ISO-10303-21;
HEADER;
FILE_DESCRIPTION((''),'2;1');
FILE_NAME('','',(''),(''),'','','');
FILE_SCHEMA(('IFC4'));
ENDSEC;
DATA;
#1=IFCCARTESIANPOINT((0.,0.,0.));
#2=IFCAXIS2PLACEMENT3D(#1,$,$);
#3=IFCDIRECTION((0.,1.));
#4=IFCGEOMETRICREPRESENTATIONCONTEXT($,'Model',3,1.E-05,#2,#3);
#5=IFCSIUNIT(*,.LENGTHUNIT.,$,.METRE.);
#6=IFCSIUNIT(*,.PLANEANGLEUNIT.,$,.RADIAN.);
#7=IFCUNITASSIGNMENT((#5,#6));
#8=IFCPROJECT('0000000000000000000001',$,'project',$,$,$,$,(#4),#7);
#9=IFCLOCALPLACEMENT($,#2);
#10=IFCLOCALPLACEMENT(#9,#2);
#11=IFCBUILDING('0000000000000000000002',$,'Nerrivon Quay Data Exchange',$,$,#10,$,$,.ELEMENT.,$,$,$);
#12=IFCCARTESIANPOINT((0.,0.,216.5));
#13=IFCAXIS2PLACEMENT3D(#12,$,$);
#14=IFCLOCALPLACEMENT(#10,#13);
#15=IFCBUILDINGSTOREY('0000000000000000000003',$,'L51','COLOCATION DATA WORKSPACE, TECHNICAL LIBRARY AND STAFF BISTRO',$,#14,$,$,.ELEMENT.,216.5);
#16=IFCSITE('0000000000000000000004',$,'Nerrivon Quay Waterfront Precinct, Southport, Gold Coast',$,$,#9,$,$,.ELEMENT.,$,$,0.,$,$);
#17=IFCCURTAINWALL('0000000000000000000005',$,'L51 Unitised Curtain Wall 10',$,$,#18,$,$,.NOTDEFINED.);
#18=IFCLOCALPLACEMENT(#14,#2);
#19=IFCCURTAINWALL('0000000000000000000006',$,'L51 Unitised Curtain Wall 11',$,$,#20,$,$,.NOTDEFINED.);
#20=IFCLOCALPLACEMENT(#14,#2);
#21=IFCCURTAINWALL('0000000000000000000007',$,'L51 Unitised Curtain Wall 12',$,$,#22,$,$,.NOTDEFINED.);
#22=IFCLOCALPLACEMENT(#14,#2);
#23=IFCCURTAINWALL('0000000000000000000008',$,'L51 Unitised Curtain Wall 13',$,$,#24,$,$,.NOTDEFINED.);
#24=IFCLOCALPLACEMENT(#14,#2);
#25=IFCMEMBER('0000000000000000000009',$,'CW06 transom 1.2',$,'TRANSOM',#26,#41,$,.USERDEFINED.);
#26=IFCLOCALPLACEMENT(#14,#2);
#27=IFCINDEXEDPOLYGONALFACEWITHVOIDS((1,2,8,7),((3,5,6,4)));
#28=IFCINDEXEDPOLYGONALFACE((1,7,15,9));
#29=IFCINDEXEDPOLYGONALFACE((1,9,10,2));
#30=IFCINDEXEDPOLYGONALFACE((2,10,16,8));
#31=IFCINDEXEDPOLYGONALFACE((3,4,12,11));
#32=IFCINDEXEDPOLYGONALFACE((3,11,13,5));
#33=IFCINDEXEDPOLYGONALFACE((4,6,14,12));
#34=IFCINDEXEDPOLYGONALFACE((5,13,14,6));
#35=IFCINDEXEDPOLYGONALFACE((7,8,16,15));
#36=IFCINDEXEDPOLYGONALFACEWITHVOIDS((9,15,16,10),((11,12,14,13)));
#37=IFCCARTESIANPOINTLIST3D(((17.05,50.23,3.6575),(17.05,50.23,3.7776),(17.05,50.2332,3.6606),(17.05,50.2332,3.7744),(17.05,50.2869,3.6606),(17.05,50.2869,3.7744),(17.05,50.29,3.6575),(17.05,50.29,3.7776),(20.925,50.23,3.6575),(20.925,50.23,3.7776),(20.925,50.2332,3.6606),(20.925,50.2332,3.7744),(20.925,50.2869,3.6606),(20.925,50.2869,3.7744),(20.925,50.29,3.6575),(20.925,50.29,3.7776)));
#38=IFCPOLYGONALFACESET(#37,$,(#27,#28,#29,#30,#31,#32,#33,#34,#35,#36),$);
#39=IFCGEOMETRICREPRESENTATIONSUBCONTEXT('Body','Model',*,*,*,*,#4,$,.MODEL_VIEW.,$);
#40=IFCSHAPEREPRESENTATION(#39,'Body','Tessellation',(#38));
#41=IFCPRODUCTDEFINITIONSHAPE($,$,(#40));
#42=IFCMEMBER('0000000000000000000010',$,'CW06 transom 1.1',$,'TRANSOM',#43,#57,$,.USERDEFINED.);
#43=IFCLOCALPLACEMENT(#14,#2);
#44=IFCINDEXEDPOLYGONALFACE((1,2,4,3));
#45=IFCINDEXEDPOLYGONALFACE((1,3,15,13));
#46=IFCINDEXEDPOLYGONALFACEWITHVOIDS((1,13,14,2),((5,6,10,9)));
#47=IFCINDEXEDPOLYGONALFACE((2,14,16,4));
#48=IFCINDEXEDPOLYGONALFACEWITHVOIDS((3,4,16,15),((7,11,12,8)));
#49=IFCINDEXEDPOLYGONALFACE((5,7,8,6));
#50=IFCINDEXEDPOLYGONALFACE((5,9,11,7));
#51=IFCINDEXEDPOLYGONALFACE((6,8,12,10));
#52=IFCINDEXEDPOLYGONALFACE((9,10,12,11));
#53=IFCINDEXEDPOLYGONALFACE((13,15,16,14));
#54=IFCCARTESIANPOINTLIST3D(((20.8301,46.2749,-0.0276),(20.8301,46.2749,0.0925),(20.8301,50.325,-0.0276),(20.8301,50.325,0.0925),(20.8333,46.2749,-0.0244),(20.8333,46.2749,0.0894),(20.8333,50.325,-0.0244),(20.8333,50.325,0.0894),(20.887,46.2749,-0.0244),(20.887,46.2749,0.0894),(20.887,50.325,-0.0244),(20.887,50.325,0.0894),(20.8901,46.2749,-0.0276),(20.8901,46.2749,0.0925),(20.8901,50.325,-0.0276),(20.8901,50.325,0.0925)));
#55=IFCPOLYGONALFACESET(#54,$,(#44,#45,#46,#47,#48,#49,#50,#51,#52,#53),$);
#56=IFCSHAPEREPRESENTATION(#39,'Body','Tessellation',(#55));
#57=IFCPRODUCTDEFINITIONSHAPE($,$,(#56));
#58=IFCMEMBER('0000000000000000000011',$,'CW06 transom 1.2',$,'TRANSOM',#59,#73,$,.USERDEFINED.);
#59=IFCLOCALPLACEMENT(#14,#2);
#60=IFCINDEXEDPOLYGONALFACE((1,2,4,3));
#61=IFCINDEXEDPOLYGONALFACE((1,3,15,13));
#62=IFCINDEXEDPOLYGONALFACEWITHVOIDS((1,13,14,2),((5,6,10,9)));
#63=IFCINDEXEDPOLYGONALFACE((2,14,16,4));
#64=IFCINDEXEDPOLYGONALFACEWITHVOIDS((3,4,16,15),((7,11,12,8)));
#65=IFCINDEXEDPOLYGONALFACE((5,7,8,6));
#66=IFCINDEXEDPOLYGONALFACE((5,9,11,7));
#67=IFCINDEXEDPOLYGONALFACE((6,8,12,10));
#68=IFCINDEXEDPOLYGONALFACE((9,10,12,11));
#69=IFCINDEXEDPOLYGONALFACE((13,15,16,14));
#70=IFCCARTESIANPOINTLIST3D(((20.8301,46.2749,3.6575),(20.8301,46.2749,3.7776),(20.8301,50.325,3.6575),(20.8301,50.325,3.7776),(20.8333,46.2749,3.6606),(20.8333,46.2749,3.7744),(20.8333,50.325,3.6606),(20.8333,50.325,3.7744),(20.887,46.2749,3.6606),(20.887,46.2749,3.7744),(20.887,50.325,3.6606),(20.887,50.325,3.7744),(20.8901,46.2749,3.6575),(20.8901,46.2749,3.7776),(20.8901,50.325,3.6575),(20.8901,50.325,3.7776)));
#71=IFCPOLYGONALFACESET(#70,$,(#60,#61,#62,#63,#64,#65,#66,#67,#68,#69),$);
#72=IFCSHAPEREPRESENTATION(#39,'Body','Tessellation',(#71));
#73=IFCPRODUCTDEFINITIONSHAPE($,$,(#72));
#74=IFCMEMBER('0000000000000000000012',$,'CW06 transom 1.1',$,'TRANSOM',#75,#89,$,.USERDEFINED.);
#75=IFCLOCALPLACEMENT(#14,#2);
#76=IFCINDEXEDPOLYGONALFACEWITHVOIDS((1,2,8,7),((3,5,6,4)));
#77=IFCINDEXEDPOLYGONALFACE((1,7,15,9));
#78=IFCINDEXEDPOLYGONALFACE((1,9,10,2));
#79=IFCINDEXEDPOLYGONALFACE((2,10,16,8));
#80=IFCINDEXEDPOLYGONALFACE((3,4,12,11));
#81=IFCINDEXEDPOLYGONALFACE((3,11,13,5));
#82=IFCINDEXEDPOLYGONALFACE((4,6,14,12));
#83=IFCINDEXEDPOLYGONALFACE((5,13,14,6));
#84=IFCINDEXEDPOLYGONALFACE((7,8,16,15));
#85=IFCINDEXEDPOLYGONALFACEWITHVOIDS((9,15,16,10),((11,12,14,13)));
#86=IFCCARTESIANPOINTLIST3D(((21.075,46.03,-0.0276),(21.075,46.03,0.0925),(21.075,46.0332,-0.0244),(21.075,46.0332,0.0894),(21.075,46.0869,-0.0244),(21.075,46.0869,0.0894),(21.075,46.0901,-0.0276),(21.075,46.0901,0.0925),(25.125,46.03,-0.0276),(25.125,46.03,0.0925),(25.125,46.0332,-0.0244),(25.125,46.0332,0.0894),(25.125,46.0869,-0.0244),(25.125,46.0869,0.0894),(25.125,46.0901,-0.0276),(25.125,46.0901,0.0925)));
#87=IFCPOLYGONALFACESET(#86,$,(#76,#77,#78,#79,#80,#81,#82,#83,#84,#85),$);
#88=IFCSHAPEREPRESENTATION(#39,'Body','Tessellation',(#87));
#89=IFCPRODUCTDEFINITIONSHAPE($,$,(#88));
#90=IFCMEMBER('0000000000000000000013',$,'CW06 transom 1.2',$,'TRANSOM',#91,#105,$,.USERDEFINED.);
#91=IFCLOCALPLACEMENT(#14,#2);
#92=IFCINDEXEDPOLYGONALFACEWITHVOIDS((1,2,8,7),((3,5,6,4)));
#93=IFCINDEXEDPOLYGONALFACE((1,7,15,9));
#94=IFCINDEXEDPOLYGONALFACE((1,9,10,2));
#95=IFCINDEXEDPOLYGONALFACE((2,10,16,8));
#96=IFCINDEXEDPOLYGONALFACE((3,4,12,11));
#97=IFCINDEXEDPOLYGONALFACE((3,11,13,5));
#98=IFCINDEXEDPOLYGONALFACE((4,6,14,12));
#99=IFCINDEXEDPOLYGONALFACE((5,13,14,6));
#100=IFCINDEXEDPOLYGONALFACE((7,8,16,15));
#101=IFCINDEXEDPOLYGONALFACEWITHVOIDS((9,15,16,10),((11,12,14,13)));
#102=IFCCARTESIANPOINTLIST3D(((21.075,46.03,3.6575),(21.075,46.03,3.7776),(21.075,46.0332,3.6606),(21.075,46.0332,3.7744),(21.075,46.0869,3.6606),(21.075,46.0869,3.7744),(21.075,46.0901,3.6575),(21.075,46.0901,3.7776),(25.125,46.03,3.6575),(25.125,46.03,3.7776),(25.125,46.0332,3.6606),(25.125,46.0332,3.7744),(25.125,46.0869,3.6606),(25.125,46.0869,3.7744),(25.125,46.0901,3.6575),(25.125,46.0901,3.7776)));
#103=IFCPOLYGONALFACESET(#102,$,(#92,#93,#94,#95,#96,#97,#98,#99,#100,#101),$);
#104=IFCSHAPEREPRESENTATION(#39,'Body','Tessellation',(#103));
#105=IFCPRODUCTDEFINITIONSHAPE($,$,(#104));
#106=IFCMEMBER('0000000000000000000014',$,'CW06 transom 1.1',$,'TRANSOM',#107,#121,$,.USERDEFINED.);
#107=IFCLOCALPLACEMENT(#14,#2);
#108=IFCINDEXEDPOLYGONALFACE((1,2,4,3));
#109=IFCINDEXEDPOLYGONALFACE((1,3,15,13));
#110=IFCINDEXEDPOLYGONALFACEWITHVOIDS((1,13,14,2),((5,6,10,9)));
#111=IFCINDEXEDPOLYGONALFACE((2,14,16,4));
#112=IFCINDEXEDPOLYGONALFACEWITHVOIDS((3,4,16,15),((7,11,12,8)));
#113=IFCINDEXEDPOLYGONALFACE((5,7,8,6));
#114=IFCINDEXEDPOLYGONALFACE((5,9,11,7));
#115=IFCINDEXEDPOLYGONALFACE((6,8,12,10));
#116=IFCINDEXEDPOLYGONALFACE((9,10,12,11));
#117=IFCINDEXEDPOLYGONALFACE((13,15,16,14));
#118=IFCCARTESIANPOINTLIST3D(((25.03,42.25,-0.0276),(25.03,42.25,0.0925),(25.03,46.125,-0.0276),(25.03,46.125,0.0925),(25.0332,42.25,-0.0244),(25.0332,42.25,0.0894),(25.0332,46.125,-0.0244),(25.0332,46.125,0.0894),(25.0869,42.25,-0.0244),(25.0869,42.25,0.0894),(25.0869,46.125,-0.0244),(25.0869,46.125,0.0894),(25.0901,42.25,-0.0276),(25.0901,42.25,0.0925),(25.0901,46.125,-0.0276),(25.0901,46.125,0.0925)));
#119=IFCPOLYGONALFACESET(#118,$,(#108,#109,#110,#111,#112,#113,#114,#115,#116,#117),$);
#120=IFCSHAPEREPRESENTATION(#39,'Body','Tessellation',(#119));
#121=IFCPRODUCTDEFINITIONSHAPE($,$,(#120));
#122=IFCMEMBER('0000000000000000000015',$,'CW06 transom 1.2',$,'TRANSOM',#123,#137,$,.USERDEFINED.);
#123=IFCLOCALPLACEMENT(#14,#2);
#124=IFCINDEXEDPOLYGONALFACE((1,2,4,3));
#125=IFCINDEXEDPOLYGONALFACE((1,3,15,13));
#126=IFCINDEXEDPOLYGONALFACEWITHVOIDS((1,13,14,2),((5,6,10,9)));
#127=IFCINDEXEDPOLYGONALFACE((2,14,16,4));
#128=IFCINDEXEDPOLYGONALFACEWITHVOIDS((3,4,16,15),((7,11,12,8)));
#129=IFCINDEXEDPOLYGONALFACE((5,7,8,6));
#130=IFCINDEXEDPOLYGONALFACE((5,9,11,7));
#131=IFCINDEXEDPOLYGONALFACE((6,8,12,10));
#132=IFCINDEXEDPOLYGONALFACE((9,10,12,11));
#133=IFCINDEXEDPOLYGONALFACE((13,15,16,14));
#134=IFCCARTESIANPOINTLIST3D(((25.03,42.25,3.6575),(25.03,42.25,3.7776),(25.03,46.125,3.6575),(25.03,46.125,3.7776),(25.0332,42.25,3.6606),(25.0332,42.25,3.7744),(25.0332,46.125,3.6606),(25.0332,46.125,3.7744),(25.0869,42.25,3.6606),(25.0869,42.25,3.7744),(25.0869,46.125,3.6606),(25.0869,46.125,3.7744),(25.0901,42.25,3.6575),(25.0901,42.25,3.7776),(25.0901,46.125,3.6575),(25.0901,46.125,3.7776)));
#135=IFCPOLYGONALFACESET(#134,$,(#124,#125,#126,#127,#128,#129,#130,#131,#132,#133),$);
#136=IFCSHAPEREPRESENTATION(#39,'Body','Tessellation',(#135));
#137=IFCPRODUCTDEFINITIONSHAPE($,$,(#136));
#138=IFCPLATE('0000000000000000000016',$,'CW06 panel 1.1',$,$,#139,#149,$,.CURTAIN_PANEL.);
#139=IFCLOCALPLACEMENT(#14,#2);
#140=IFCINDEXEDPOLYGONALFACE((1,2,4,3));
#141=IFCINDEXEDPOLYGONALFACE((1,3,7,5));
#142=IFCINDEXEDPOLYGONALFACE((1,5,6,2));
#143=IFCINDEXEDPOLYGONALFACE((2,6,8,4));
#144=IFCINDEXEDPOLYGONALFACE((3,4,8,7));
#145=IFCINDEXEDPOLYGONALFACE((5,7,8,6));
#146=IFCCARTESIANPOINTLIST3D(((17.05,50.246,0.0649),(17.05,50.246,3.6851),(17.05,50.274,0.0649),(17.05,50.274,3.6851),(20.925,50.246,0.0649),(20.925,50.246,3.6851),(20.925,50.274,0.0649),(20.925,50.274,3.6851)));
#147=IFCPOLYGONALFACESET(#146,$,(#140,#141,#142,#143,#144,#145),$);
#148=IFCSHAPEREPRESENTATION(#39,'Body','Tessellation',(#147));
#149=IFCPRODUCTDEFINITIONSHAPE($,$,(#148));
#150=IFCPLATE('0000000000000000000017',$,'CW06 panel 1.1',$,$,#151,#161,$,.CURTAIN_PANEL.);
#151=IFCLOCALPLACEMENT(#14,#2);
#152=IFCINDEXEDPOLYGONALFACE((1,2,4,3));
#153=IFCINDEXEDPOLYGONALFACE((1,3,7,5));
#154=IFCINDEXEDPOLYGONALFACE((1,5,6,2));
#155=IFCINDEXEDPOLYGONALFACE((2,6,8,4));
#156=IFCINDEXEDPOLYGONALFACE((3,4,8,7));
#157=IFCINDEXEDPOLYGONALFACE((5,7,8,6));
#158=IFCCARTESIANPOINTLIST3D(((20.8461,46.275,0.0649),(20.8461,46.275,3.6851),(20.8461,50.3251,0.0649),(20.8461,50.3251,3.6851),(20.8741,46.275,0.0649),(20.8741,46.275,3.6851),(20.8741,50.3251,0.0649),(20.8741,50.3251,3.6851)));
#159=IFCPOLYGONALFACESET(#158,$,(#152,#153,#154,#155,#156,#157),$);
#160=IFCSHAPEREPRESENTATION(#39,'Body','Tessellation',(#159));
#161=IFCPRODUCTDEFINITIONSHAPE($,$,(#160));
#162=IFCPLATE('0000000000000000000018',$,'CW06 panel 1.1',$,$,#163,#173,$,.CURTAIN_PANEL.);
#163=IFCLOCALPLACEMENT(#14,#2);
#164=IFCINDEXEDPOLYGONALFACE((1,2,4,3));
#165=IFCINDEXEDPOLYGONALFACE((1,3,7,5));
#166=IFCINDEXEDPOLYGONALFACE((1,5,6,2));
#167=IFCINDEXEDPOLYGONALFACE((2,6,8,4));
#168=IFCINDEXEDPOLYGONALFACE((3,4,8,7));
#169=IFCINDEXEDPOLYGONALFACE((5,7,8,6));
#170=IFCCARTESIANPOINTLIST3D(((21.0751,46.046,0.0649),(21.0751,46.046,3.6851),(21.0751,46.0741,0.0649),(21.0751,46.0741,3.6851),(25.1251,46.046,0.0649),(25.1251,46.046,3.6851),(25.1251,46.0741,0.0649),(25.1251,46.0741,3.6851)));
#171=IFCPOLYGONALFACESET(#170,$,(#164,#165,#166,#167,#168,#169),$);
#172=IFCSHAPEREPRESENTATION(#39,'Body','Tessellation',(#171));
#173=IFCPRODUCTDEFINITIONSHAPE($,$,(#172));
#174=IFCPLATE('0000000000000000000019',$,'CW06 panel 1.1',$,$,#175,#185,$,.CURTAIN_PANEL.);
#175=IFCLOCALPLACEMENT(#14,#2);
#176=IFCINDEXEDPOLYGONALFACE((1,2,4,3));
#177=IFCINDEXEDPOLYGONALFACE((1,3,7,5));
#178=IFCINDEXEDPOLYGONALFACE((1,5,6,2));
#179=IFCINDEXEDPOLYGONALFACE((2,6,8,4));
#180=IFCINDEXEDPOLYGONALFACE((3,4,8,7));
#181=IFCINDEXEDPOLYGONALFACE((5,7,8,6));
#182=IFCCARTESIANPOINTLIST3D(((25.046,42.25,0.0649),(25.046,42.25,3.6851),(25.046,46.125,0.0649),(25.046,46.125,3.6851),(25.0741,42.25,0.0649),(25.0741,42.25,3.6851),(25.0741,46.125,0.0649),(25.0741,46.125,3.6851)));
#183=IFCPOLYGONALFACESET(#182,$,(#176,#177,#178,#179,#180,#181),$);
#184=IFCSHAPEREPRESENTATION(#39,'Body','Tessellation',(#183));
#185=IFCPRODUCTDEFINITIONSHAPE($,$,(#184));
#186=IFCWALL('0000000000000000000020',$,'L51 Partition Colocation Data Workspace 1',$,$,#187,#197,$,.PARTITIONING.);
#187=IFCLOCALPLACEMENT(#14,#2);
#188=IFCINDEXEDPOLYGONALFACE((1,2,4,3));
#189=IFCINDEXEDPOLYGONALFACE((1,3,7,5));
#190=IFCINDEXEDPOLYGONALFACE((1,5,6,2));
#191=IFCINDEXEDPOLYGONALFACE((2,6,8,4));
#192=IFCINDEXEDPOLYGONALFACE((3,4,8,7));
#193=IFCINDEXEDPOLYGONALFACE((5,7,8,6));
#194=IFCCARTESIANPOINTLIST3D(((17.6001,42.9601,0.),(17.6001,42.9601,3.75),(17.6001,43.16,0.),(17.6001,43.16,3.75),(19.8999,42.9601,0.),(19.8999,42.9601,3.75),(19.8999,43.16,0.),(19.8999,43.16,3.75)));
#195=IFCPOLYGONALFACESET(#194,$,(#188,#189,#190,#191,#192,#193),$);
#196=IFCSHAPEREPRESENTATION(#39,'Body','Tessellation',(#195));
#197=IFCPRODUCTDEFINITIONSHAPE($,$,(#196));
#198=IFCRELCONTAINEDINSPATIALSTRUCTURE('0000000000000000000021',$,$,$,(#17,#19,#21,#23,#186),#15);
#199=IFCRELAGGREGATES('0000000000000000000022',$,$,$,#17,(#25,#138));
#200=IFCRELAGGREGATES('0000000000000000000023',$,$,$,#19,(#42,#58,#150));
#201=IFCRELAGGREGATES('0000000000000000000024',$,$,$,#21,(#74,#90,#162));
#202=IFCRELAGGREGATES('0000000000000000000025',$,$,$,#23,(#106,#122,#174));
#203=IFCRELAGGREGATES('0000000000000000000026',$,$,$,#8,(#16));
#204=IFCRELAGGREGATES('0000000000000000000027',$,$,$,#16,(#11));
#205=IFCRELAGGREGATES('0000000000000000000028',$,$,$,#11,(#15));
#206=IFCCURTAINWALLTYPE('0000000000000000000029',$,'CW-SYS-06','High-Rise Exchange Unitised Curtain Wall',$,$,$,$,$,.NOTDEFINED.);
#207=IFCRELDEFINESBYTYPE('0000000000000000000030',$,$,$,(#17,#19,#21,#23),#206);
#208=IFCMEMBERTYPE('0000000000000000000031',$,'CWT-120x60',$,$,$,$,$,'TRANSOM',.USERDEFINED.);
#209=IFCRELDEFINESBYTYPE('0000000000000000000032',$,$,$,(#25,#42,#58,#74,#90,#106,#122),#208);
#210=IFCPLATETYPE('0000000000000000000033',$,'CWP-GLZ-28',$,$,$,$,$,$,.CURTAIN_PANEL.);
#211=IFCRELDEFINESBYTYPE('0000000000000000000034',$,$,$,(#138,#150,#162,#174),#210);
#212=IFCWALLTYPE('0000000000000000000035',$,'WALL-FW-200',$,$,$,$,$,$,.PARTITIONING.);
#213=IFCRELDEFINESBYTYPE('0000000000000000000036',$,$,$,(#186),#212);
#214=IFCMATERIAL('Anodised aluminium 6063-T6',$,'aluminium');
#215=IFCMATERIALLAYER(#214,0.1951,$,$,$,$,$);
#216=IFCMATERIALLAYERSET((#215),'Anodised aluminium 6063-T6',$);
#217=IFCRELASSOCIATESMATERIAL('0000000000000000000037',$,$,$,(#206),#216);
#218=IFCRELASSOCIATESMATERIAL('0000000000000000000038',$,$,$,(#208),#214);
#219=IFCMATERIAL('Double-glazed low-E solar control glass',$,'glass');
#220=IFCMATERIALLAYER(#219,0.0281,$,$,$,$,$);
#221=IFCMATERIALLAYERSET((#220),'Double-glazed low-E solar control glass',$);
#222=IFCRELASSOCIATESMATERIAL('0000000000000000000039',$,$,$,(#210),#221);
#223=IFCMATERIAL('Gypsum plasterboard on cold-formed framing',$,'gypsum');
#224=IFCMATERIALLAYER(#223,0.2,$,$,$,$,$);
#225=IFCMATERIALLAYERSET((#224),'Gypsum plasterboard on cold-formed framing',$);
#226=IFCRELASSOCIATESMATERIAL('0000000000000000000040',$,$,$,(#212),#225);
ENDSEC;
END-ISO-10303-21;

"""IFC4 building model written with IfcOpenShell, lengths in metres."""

from ifc_helpers import new_model, si_unit, direction, frame, frame_2d, origin, origin_2d, place, context, subcontext, project, spatial, rectangle, hollow_rectangle, extrude, material, layer, layer_set, material_profile, profile_set, type_object, element, aggregate, save


model = new_model("IFC4")

# Units and contexts
model_context = context("Model", 3, precision=1e-05, world=origin(), true_north=direction((0.0, 1.0)))
body_context = subcontext(model_context, "Body", "Model", "MODEL_VIEW")
ifc_project = project(units=[si_unit("LENGTHUNIT", "METRE"), si_unit("PLANEANGLEUNIT", "RADIAN")], contexts=[model_context])

# Site, building, storey
site_placement = place(None, origin())
site = spatial("IfcSite", under=ifc_project, at=site_placement, Name="Nerrivon Quay Waterfront Precinct, Southport, Gold Coast", CompositionType="ELEMENT", RefElevation=0.0)
building_placement = place(site_placement, origin())
building = spatial("IfcBuilding", under=site, at=building_placement, Name="Nerrivon Quay Data Exchange", CompositionType="ELEMENT")
storey_placement = place(building_placement, frame((0.0, 0.0, 216.5)))
storey = spatial("IfcBuildingStorey", under=building, at=storey_placement, Name="L51", Description="COLOCATION DATA WORKSPACE, TECHNICAL LIBRARY AND STAFF BISTRO", CompositionType="ELEMENT", Elevation=216.5)

# Shared definitions
ifc_material_1 = material(Name="Anodised aluminium 6063-T6", Category="aluminium")
ifc_layer_1 = layer(ifc_material_1, 0.1951)
ifc_layer_set_1 = layer_set([ifc_layer_1], Name="Anodised aluminium 6063-T6")
curtain_wall_type = type_object("IfcCurtainWallType", Name="CW-SYS-06", Description="High-Rise Exchange Unitised Curtain Wall", PredefinedType="NOTDEFINED", material=ifc_layer_set_1)

# Curtain walls
curtain_wall_1_placement = place(storey_placement, origin())
curtain_wall_1 = element("IfcCurtainWall", 1, at=curtain_wall_1_placement, inside=storey, type_object=curtain_wall_type, Name="L51 Unitised Curtain Wall 10", PredefinedType="NOTDEFINED")
curtain_wall_2_placement = place(storey_placement, origin())
curtain_wall_2 = element("IfcCurtainWall", 2, at=curtain_wall_2_placement, inside=storey, type_object=curtain_wall_type, Name="L51 Unitised Curtain Wall 11", PredefinedType="NOTDEFINED")
curtain_wall_3_placement = place(storey_placement, origin())
curtain_wall_3 = element("IfcCurtainWall", 3, at=curtain_wall_3_placement, inside=storey, type_object=curtain_wall_type, Name="L51 Unitised Curtain Wall 12", PredefinedType="NOTDEFINED")

# Curtain wall
curtain_wall_4_placement = place(storey_placement, origin())
curtain_wall_4 = element("IfcCurtainWall", 4, at=curtain_wall_4_placement, inside=storey, type_object=curtain_wall_type, Name="L51 Unitised Curtain Wall 13", PredefinedType="NOTDEFINED")

# Members
ifc_material_profile_1 = material_profile(ifc_material_1, hollow_rectangle(XDim=0.0601, YDim=0.1201, WallThickness=0.0032, at=origin_2d()), Name="ALU-TRAN-120x60")
ifc_profile_set_1 = profile_set([ifc_material_profile_1], Name="Anodised aluminium 6063-T6")
member_type_1 = type_object("IfcMemberType", Name="CWT-120x60", ElementType="TRANSOM", PredefinedType="USERDEFINED", material=ifc_profile_set_1)
member_1_placement = place(storey_placement, frame((17.05, 50.26, 3.7175), z_axis=(1.0, 0.0, 0.0), x_axis=(0.0, 1.0, 0.0)))
member_1 = element("IfcMember", 5, at=member_1_placement, type_object=member_type_1, Name="CW06 transom 1.2", ObjectType="TRANSOM", PredefinedType="USERDEFINED", context=body_context, shape_type="SweptSolid", body=[
    extrude(hollow_rectangle(XDim=0.0601, YDim=0.1201, WallThickness=0.0032, at=origin_2d()), origin(), (0.0, 0.0, 1.0), 3.875),
])
member_2_placement = place(storey_placement, frame((20.8601, 50.325, 0.0325), z_axis=(0.0, -1.0, 0.0), x_axis=(1.0, 0.0, 0.0)))
member_2 = element("IfcMember", 6, at=member_2_placement, type_object=member_type_1, Name="CW06 transom 1.1", ObjectType="TRANSOM", PredefinedType="USERDEFINED", context=body_context, shape_type="SweptSolid", body=[
    extrude(hollow_rectangle(XDim=0.0601, YDim=0.1201, WallThickness=0.0032, at=origin_2d()), origin(), (0.0, 0.0, 1.0), 4.05),
])
member_3_placement = place(storey_placement, frame((20.8601, 50.325, 3.7175), z_axis=(0.0, -1.0, 0.0), x_axis=(1.0, 0.0, 0.0)))
member_3 = element("IfcMember", 7, at=member_3_placement, type_object=member_type_1, Name="CW06 transom 1.2", ObjectType="TRANSOM", PredefinedType="USERDEFINED", context=body_context, shape_type="SweptSolid", body=[
    extrude(hollow_rectangle(XDim=0.0601, YDim=0.1201, WallThickness=0.0032, at=origin_2d()), origin(), (0.0, 0.0, 1.0), 4.05),
])
member_4_placement = place(storey_placement, frame((21.075, 46.0601, 0.0325), z_axis=(1.0, 0.0, 0.0), x_axis=(0.0, 1.0, 0.0)))
member_4 = element("IfcMember", 8, at=member_4_placement, type_object=member_type_1, Name="CW06 transom 1.1", ObjectType="TRANSOM", PredefinedType="USERDEFINED", context=body_context, shape_type="SweptSolid", body=[
    extrude(hollow_rectangle(XDim=0.0601, YDim=0.1201, WallThickness=0.0032, at=origin_2d()), origin(), (0.0, 0.0, 1.0), 4.05),
])
member_5_placement = place(storey_placement, frame((21.075, 46.0601, 3.7175), z_axis=(1.0, 0.0, 0.0), x_axis=(0.0, 1.0, 0.0)))
member_5 = element("IfcMember", 9, at=member_5_placement, type_object=member_type_1, Name="CW06 transom 1.2", ObjectType="TRANSOM", PredefinedType="USERDEFINED", context=body_context, shape_type="SweptSolid", body=[
    extrude(hollow_rectangle(XDim=0.0601, YDim=0.1201, WallThickness=0.0032, at=origin_2d()), origin(), (0.0, 0.0, 1.0), 4.05),
])
member_6_placement = place(storey_placement, frame((25.0601, 46.125, 0.0325), z_axis=(0.0, -1.0, 0.0), x_axis=(1.0, 0.0, 0.0)))
member_6 = element("IfcMember", 10, at=member_6_placement, type_object=member_type_1, Name="CW06 transom 1.1", ObjectType="TRANSOM", PredefinedType="USERDEFINED", context=body_context, shape_type="SweptSolid", body=[
    extrude(hollow_rectangle(XDim=0.0601, YDim=0.1201, WallThickness=0.0032, at=origin_2d()), origin(), (0.0, 0.0, 1.0), 3.875),
])
member_7_placement = place(storey_placement, frame((25.0601, 46.125, 3.7175), z_axis=(0.0, -1.0, 0.0), x_axis=(1.0, 0.0, 0.0)))
member_7 = element("IfcMember", 11, at=member_7_placement, type_object=member_type_1, Name="CW06 transom 1.2", ObjectType="TRANSOM", PredefinedType="USERDEFINED", context=body_context, shape_type="SweptSolid", body=[
    extrude(hollow_rectangle(XDim=0.0601, YDim=0.1201, WallThickness=0.0032, at=origin_2d()), origin(), (0.0, 0.0, 1.0), 3.875),
])

# Plates
ifc_material_2 = material(Name="Double-glazed low-E solar control glass", Category="glass")
ifc_layer_2 = layer(ifc_material_2, 0.0281)
ifc_layer_set_2 = layer_set([ifc_layer_2], Name="Double-glazed low-E solar control glass")
plate_type = type_object("IfcPlateType", Name="CWP-GLZ-28", PredefinedType="CURTAIN_PANEL", material=ifc_layer_set_2)
plate_1_placement = place(storey_placement, frame((18.9875, 50.26, 0.0649), z_axis=(0.0, 0.0, 1.0), x_axis=(1.0, 0.0, 0.0)))
plate_1 = element("IfcPlate", 12, at=plate_1_placement, type_object=plate_type, Name="CW06 panel 1.1", PredefinedType="CURTAIN_PANEL", context=body_context, shape_type="SweptSolid", body=[
    extrude(rectangle(XDim=3.875, YDim=0.0281, at=origin_2d()), origin(), (0.0, 0.0, 1.0), 3.6201),
])
aggregate(curtain_wall_1, [member_1, plate_1])
plate_2_placement = place(storey_placement, frame((20.8601, 48.3, 0.0649), z_axis=(0.0, 0.0, 1.0), x_axis=(0.0, -1.0, 0.0)))
plate_2 = element("IfcPlate", 13, at=plate_2_placement, type_object=plate_type, Name="CW06 panel 1.1", PredefinedType="CURTAIN_PANEL", context=body_context, shape_type="SweptSolid", body=[
    extrude(rectangle(XDim=4.05, YDim=0.0281, at=origin_2d()), origin(), (0.0, 0.0, 1.0), 3.6201),
])
aggregate(curtain_wall_2, [member_2, member_3, plate_2])
plate_3_placement = place(storey_placement, frame((23.1001, 46.0601, 0.0649), z_axis=(0.0, 0.0, 1.0), x_axis=(1.0, 0.0, 0.0)))
plate_3 = element("IfcPlate", 14, at=plate_3_placement, type_object=plate_type, Name="CW06 panel 1.1", PredefinedType="CURTAIN_PANEL", context=body_context, shape_type="SweptSolid", body=[
    extrude(rectangle(XDim=4.05, YDim=0.0281, at=origin_2d()), origin(), (0.0, 0.0, 1.0), 3.6201),
])
aggregate(curtain_wall_3, [member_4, member_5, plate_3])
plate_4_placement = place(storey_placement, frame((25.0601, 44.1875, 0.0649), z_axis=(0.0, 0.0, 1.0), x_axis=(0.0, -1.0, 0.0)))
plate_4 = element("IfcPlate", 15, at=plate_4_placement, type_object=plate_type, Name="CW06 panel 1.1", PredefinedType="CURTAIN_PANEL", context=body_context, shape_type="SweptSolid", body=[
    extrude(rectangle(XDim=3.875, YDim=0.0281, at=origin_2d()), origin(), (0.0, 0.0, 1.0), 3.6201),
])
aggregate(curtain_wall_4, [member_6, member_7, plate_4])

# Wall
ifc_material_3 = material(Name="Gypsum plasterboard on cold-formed framing", Category="gypsum")
ifc_layer_3 = layer(ifc_material_3, 0.2)
ifc_layer_set_3 = layer_set([ifc_layer_3], Name="Gypsum plasterboard on cold-formed framing")
wall_type_1 = type_object("IfcWallType", Name="WALL-FW-200", PredefinedType="PARTITIONING", material=ifc_layer_set_3)
wall_1_placement = place(storey_placement, frame((17.6001, 43.0601, 0.0), z_axis=(0.0, 0.0, 1.0), x_axis=(1.0, 0.0, 0.0)))
element("IfcWall", 16, at=wall_1_placement, inside=storey, type_object=wall_type_1, Name="L51 Partition Colocation Data Workspace 1", PredefinedType="PARTITIONING", context=body_context, shape_type="SweptSolid", body=[
    extrude(rectangle(XDim=2.2998, YDim=0.2, at=frame_2d((1.1499, 0.0))), origin(), (0.0, 0.0, 1.0), 3.75),
])

save(model, "model.ifc")
